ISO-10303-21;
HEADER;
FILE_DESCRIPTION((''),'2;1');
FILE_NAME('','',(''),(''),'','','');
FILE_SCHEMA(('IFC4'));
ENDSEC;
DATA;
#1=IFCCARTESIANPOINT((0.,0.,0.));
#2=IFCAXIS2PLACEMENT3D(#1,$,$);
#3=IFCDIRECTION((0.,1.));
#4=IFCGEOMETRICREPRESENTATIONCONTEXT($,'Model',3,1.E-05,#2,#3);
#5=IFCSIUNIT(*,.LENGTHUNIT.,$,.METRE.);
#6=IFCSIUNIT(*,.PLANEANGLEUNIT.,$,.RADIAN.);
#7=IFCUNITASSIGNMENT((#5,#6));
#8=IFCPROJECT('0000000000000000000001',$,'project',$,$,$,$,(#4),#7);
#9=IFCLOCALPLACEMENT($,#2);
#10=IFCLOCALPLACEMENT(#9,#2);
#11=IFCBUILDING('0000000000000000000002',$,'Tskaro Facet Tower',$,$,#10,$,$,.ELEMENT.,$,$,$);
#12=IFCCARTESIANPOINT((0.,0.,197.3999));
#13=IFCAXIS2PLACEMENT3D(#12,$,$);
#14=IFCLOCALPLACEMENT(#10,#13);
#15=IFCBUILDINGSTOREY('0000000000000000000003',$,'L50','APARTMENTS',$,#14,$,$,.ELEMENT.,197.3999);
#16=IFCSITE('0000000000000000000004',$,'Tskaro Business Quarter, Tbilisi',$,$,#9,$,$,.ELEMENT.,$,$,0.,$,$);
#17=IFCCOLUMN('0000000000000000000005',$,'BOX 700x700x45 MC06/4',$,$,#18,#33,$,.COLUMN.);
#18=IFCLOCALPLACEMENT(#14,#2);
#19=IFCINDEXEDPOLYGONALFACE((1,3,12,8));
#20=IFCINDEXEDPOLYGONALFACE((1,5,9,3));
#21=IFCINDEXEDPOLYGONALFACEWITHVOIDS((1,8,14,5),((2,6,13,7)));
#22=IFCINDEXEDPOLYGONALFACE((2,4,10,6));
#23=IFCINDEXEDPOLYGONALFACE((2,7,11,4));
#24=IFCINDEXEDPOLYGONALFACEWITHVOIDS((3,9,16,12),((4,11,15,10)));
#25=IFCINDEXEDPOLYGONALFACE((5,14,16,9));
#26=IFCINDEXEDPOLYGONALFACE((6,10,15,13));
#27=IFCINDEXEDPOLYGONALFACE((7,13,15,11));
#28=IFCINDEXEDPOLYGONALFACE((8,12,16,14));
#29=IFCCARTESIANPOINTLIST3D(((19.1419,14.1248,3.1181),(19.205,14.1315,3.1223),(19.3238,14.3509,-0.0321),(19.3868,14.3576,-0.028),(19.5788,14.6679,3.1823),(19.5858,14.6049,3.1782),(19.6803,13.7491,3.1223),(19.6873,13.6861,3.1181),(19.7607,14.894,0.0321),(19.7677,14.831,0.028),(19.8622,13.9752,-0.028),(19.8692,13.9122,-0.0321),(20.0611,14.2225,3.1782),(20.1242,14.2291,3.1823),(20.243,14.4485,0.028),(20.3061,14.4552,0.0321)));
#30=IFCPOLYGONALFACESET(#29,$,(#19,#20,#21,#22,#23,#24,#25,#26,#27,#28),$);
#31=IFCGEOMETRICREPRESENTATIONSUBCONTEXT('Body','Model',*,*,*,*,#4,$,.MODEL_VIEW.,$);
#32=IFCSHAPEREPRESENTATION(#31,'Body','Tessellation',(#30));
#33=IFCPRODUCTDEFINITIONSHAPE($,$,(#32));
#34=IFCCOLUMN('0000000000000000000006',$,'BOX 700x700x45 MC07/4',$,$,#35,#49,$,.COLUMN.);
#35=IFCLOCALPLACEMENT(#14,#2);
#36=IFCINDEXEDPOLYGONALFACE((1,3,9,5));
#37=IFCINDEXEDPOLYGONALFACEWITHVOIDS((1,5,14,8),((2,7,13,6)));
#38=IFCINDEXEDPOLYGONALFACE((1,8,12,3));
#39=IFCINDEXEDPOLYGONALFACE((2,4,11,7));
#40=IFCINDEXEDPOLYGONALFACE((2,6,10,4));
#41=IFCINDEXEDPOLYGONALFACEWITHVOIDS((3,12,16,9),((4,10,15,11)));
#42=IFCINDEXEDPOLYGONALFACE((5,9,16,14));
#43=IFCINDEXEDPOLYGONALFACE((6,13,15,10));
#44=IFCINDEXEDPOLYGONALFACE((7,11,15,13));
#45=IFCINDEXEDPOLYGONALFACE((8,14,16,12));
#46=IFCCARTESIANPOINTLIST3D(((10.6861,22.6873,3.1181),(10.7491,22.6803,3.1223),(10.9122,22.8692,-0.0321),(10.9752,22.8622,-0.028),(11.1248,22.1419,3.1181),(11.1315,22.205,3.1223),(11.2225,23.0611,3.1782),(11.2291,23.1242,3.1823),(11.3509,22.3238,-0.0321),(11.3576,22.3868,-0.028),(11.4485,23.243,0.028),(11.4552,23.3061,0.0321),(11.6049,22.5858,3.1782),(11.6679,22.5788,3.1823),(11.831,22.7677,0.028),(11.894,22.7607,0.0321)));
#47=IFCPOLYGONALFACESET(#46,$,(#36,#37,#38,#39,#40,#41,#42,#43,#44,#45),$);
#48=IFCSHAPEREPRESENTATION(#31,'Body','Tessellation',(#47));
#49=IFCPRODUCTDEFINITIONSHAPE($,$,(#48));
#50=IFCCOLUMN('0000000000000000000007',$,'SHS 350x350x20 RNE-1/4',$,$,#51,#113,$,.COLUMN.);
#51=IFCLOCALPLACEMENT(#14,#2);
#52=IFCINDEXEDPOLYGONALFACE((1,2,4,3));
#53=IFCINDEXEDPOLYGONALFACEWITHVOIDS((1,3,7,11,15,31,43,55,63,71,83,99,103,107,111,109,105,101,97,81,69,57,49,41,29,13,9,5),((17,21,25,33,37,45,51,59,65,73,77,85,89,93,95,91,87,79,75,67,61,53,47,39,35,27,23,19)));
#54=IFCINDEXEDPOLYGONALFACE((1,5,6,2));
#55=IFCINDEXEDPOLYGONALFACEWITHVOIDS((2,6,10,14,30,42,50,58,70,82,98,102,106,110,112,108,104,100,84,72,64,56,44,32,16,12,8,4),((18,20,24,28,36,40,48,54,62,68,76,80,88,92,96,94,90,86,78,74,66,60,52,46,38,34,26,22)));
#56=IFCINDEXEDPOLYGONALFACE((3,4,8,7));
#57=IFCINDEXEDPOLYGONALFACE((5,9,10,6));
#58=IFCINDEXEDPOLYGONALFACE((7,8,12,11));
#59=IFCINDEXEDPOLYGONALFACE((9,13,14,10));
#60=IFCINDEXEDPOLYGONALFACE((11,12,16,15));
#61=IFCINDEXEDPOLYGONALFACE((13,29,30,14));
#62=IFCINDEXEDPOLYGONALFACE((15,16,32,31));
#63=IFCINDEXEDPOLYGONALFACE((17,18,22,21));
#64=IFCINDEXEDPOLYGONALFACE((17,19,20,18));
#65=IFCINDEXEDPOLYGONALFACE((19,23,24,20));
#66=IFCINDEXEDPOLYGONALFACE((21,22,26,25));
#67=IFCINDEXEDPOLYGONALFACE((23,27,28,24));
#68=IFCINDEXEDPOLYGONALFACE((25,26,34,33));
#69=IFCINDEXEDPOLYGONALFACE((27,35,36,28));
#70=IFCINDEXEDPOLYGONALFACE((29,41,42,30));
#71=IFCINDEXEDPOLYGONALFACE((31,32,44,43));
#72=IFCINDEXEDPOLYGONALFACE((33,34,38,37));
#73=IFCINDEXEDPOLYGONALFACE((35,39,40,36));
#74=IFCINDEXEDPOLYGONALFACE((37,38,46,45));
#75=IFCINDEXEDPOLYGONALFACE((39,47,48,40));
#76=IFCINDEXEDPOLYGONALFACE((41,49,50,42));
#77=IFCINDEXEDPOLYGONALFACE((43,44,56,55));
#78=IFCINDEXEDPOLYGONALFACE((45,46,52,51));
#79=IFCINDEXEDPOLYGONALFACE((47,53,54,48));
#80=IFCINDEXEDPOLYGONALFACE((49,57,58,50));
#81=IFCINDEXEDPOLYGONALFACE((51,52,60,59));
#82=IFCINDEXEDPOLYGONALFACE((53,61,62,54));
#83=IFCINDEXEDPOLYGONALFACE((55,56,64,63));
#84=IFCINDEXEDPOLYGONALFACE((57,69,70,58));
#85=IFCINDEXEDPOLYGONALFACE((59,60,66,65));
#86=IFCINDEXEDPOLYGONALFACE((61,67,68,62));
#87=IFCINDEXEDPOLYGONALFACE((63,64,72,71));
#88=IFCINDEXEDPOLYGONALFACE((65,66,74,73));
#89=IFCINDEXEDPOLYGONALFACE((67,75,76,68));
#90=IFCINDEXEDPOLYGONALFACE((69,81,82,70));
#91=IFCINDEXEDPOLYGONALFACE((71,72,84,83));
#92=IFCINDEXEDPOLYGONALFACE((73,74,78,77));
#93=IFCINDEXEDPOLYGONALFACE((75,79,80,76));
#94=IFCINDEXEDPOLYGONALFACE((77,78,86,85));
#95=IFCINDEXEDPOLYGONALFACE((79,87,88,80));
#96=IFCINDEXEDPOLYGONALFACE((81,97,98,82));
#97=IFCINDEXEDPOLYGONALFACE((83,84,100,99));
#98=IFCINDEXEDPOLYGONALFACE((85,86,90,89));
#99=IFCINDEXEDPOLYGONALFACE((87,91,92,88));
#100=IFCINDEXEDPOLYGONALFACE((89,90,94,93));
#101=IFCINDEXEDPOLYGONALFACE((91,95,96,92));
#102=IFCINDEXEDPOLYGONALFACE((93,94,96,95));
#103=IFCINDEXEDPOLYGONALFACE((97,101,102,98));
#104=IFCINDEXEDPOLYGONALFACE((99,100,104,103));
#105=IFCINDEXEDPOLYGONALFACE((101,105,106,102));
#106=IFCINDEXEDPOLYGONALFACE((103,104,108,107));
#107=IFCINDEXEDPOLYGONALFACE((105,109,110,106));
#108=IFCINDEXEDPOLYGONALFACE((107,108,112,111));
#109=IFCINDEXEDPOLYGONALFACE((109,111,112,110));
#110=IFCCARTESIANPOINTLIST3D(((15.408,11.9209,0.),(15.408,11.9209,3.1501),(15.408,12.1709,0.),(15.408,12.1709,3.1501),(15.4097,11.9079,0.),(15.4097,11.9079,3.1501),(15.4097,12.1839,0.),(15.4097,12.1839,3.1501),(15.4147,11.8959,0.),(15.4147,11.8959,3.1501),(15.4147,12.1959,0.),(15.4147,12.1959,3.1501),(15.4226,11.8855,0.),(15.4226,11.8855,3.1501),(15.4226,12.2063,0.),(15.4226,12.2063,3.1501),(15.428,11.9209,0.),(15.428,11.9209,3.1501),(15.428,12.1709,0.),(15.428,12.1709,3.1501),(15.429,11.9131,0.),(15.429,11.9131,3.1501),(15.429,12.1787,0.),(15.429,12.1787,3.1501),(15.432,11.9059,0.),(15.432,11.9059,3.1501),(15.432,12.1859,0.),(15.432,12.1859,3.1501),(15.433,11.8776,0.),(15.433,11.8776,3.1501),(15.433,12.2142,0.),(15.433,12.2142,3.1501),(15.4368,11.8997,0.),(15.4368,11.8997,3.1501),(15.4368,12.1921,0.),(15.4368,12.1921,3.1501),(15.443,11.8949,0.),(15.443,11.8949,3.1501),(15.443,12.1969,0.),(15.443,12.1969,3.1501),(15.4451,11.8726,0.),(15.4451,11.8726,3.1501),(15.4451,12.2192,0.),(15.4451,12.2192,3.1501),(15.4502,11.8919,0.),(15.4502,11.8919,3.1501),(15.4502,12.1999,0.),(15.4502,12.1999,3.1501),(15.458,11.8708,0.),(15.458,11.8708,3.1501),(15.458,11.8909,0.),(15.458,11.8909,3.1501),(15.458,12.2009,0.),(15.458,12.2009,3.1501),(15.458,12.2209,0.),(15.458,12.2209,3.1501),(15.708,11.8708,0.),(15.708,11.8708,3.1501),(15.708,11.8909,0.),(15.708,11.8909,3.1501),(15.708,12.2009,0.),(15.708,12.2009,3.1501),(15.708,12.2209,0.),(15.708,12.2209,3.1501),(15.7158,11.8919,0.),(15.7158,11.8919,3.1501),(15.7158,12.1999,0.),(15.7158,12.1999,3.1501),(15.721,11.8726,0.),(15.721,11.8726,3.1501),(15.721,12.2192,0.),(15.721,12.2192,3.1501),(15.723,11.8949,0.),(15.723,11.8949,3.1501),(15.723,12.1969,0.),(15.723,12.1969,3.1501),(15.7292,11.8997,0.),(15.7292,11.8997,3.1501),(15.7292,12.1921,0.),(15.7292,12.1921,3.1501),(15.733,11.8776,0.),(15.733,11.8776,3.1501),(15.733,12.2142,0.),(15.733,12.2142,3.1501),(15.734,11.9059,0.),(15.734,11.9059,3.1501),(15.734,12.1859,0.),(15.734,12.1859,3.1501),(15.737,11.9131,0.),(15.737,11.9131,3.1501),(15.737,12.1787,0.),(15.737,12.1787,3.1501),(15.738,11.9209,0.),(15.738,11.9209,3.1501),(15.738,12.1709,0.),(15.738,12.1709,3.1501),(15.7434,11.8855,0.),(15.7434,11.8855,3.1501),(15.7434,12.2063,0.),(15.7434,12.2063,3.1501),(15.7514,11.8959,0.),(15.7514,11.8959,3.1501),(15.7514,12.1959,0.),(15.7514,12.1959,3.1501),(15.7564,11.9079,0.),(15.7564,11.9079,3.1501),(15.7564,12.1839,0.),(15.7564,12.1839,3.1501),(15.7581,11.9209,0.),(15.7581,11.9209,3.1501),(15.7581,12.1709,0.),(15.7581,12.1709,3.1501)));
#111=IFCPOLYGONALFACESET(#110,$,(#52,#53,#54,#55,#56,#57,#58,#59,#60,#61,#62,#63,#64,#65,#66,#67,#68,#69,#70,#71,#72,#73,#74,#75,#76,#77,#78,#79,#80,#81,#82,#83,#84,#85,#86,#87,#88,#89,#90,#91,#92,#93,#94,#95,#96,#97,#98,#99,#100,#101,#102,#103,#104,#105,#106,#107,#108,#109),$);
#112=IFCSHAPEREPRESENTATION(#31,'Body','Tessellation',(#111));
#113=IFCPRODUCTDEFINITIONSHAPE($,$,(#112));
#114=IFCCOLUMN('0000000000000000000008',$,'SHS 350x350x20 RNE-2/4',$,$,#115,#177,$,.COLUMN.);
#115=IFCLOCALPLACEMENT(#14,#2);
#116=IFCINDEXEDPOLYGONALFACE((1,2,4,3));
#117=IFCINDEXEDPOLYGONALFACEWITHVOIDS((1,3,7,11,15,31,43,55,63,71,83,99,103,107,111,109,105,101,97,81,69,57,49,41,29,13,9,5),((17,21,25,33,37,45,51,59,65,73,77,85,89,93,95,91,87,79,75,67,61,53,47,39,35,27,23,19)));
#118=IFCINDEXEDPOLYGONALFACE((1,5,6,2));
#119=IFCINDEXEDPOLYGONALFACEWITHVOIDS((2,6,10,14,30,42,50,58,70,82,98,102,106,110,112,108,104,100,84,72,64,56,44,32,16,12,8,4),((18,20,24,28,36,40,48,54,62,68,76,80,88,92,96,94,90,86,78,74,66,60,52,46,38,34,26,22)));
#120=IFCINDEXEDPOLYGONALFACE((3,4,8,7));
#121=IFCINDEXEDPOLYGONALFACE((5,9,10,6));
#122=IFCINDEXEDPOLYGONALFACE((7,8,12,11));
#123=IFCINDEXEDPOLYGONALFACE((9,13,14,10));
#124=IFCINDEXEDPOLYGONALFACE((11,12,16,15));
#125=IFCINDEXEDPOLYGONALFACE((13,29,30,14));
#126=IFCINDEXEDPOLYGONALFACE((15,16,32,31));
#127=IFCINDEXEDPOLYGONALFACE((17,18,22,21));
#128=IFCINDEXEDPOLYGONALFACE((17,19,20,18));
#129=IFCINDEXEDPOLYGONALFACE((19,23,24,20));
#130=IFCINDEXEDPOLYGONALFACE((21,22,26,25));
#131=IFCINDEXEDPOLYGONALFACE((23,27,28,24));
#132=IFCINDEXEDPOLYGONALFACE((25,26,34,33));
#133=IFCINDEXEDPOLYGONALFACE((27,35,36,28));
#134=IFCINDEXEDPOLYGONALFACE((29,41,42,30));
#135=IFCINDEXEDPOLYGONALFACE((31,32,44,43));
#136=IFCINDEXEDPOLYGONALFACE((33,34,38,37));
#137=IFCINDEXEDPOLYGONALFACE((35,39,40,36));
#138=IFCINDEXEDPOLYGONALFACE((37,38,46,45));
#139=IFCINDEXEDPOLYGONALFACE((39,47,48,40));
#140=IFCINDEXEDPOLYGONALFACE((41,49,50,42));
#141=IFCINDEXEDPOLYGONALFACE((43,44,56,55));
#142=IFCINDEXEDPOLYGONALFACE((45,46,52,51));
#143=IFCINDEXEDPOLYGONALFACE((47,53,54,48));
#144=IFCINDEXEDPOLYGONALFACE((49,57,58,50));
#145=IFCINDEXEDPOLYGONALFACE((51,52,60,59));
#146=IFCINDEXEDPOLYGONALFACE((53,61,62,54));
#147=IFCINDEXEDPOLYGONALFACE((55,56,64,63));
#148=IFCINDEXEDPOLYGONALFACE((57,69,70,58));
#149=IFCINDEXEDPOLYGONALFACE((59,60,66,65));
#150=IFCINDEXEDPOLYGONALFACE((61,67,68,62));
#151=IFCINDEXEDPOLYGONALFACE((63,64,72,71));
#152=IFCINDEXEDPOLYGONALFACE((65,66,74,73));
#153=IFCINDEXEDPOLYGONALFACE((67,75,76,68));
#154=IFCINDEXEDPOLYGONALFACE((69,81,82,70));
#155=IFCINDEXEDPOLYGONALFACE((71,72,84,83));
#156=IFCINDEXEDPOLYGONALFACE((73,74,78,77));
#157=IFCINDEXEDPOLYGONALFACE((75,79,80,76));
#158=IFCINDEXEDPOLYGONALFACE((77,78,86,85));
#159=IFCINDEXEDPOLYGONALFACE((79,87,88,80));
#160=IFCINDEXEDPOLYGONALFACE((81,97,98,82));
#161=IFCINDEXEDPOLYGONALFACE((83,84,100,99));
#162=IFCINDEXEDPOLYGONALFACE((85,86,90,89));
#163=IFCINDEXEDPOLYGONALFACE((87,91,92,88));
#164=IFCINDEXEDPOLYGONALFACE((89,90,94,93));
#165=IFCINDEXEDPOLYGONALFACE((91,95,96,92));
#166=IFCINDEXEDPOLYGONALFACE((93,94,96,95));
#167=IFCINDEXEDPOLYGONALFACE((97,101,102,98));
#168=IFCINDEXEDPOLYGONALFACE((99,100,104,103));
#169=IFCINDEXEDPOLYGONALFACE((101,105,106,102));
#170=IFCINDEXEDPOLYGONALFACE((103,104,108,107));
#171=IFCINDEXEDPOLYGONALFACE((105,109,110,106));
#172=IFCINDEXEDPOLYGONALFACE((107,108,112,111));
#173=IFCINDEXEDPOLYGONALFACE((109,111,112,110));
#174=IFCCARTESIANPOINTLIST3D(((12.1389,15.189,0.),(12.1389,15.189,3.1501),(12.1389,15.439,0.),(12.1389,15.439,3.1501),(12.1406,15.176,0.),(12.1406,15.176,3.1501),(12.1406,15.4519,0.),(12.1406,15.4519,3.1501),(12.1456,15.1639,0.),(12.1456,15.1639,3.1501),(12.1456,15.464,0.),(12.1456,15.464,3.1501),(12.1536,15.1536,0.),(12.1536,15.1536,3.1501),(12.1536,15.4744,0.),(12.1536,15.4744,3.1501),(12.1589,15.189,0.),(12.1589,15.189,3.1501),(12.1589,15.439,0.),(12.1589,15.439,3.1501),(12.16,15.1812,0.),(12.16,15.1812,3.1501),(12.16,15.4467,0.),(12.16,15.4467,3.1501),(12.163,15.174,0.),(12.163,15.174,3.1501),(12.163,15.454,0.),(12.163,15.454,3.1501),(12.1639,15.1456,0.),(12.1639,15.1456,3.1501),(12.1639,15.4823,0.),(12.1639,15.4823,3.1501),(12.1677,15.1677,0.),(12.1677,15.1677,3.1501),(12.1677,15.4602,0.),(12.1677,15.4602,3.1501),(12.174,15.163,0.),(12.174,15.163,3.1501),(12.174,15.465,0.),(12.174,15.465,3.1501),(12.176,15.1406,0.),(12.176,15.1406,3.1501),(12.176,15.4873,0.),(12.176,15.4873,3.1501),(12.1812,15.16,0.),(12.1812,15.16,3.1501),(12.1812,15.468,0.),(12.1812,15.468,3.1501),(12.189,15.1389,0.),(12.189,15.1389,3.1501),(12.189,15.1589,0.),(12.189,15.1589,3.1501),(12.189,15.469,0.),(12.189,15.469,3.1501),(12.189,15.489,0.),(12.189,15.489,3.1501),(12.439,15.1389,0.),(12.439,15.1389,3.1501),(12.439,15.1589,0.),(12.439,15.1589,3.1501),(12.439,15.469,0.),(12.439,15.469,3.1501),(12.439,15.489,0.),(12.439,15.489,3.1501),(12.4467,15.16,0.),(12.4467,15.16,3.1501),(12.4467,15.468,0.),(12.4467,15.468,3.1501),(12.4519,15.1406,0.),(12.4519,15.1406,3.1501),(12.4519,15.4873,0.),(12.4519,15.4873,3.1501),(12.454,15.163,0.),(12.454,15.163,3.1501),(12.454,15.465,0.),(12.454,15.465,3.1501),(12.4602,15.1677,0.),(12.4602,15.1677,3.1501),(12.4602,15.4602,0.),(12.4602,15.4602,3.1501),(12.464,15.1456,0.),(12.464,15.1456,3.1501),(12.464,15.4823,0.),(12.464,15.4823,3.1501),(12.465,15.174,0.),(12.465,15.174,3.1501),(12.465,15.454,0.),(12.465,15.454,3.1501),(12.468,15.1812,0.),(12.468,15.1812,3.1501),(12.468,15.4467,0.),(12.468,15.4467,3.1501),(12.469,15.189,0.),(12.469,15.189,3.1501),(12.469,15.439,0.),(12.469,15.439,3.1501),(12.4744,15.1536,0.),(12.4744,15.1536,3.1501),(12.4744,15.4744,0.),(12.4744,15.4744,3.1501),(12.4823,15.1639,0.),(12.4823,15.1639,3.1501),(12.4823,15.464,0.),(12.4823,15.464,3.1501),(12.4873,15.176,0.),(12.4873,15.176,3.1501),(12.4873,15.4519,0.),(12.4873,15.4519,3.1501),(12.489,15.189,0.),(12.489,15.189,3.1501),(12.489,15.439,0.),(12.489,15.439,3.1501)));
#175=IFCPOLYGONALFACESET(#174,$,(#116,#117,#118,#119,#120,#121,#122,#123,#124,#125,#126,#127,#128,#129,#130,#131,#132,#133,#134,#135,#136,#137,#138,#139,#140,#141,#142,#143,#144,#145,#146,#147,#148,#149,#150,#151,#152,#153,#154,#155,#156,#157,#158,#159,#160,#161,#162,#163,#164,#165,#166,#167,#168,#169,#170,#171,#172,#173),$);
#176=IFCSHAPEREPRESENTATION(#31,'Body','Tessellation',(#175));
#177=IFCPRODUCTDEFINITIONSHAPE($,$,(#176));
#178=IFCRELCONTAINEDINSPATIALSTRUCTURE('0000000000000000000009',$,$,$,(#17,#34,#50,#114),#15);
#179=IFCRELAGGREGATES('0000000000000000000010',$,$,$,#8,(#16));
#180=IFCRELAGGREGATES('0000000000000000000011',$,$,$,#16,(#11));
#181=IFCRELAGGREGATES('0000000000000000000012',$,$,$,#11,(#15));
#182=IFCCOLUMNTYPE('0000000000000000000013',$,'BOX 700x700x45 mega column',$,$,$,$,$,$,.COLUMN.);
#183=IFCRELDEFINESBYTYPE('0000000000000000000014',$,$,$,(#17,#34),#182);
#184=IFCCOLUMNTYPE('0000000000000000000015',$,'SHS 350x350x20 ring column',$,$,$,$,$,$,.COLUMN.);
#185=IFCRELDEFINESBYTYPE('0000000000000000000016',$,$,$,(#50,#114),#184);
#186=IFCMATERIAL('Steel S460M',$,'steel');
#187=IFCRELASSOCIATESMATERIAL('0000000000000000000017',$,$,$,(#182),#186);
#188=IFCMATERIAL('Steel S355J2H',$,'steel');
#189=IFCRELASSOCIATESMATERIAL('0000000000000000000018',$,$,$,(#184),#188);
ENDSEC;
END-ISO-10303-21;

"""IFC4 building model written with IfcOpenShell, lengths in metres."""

from ifc_helpers import new_model, si_unit, direction, frame, origin, origin_2d, place, context, subcontext, project, spatial, hollow_rectangle, extrude, material, material_profile, profile_set, type_object, element, save


model = new_model("IFC4")

# Units and contexts
model_context = context("Model", 3, precision=1e-05, world=origin(), true_north=direction((0.0, 1.0)))
body_context = subcontext(model_context, "Body", "Model", "MODEL_VIEW")
ifc_project = project(units=[si_unit("LENGTHUNIT", "METRE"), si_unit("PLANEANGLEUNIT", "RADIAN")], contexts=[model_context])

# Site, building, storey
site_placement = place(None, origin())
site = spatial("IfcSite", under=ifc_project, at=site_placement, Name="Tskaro Business Quarter, Tbilisi", CompositionType="ELEMENT", RefElevation=0.0)
building_placement = place(site_placement, origin())
building = spatial("IfcBuilding", under=site, at=building_placement, Name="Tskaro Facet Tower", CompositionType="ELEMENT")
storey_placement = place(building_placement, frame((0.0, 0.0, 197.3999)))
storey = spatial("IfcBuildingStorey", under=building, at=storey_placement, Name="L50", Description="APARTMENTS", CompositionType="ELEMENT", Elevation=197.3999)

# Columns
ifc_material_1 = material(Name="Steel S460M", Category="steel")
ifc_material_profile_1 = material_profile(ifc_material_1, hollow_rectangle(XDim=0.7, YDim=0.7, WallThickness=0.0449, at=origin_2d()), Name="BOX 700x700x45")
ifc_profile_set_1 = profile_set([ifc_material_profile_1], Name="Steel S460M")
column_type_1 = type_object("IfcColumnType", Name="BOX 700x700x45 mega column", PredefinedType="COLUMN", material=ifc_profile_set_1)
for number, where, z_axis, x_axis, name in (
    (1, (19.8149, 14.4031, 0.0), (-0.057495, -0.071464, 0.995785), (0.779142, -0.626847, 0.0), "BOX 700x700x45 MC06/4"),
    (2, (11.4031, 22.8149, 0.0), (-0.071464, -0.057495, 0.995785), (0.626847, -0.779142, 0.0), "BOX 700x700x45 MC07/4"),
):
    element("IfcColumn", number, at=place(storey_placement, frame(where, z_axis=z_axis, x_axis=x_axis)), inside=storey, type_object=column_type_1, Name=name, PredefinedType="COLUMN", context=body_context, shape_type="SweptSolid", body=[
        extrude(hollow_rectangle(XDim=0.7, YDim=0.7, WallThickness=0.0449, at=origin_2d()), origin(), (0.0, 0.0, 1.0), 3.1636),
    ])
ifc_material_2 = material(Name="Steel S355J2H", Category="steel")
ifc_material_profile_2 = material_profile(ifc_material_2, hollow_rectangle(XDim=0.3501, YDim=0.3501, WallThickness=0.02, InnerFilletRadius=0.03, OuterFilletRadius=0.05, at=origin_2d()), Name="SHS 350x350x20")
ifc_profile_set_2 = profile_set([ifc_material_profile_2], Name="Steel S355J2H")
column_type_2 = type_object("IfcColumnType", Name="SHS 350x350x20 ring column", PredefinedType="COLUMN", material=ifc_profile_set_2)
for number, where, z_axis, x_axis, name in (
    (3, (15.583, 12.0459, 0.0), (0.0, 0.0, 1.0), (1.0, 0.0, 0.0), "SHS 350x350x20 RNE-1/4"),
    (4, (12.314, 15.314, 0.0), (0.0, 0.0, 1.0), (1.0, 0.0, 0.0), "SHS 350x350x20 RNE-2/4"),
):
    element("IfcColumn", number, at=place(storey_placement, frame(where, z_axis=z_axis, x_axis=x_axis)), inside=storey, type_object=column_type_2, Name=name, PredefinedType="COLUMN", context=body_context, shape_type="SweptSolid", body=[
        extrude(hollow_rectangle(XDim=0.3501, YDim=0.3501, WallThickness=0.02, InnerFilletRadius=0.03, OuterFilletRadius=0.05, at=origin_2d()), origin(), (0.0, 0.0, 1.0), 3.1501),
    ])

save(model, "model.ifc")
